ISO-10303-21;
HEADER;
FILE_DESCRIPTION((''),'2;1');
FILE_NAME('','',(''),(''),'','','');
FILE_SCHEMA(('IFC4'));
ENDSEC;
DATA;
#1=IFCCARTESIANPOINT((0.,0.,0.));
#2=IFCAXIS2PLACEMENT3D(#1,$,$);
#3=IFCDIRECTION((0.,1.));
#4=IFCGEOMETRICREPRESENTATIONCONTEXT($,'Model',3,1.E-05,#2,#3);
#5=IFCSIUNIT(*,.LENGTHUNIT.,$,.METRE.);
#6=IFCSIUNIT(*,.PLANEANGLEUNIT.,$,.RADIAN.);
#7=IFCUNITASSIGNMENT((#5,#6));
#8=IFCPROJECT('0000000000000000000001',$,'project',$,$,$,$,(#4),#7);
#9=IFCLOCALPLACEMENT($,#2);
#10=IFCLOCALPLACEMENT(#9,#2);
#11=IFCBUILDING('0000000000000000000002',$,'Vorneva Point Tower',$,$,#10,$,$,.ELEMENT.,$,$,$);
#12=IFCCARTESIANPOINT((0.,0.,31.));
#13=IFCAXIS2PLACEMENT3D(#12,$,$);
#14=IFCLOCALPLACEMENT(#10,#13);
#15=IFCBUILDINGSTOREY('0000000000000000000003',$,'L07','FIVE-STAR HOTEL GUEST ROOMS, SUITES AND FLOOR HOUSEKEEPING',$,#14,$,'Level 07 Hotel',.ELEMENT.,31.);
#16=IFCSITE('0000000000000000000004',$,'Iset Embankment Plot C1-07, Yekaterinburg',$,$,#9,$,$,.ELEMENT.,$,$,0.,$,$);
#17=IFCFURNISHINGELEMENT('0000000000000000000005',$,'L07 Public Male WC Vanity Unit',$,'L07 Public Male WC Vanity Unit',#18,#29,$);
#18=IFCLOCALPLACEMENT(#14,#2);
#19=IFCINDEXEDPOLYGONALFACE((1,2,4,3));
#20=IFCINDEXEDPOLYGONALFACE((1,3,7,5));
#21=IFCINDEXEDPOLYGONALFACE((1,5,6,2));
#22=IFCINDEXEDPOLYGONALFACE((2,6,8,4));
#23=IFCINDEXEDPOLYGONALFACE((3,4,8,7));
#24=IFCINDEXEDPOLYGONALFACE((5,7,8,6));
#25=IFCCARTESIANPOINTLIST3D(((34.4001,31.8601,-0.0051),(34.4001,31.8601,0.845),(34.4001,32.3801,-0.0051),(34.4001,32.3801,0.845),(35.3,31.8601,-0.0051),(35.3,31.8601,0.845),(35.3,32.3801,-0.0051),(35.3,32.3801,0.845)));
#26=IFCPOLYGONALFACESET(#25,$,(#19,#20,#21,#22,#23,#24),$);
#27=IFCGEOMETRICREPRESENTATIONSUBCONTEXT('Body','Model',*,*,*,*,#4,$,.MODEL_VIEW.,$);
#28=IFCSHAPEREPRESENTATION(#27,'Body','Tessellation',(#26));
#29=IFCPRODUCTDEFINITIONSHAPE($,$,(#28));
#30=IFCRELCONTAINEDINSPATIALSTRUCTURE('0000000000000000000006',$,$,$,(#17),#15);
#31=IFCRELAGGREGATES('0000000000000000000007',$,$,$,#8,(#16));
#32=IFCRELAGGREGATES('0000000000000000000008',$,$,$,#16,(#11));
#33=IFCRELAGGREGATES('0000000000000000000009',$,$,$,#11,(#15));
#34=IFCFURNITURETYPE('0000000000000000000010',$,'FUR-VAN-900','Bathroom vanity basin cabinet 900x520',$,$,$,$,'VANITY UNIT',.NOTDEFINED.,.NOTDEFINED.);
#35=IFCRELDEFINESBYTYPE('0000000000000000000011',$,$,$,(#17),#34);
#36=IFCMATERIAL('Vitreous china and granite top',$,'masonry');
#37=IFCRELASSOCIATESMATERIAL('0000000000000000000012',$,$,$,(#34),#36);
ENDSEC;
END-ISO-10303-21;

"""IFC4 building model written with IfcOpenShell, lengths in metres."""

from ifc_helpers import new_model, si_unit, direction, frame, origin, origin_2d, place, context, subcontext, project, spatial, rectangle, extrude, material, type_object, element, save


model = new_model("IFC4")

# Units and contexts
model_context = context("Model", 3, precision=1e-05, world=origin(), true_north=direction((0.0, 1.0)))
body_context = subcontext(model_context, "Body", "Model", "MODEL_VIEW")
ifc_project = project(units=[si_unit("LENGTHUNIT", "METRE"), si_unit("PLANEANGLEUNIT", "RADIAN")], contexts=[model_context])

# Site, building, storey
site_placement = place(None, origin())
site = spatial("IfcSite", under=ifc_project, at=site_placement, Name="Iset Embankment Plot C1-07, Yekaterinburg", CompositionType="ELEMENT", RefElevation=0.0)
building_placement = place(site_placement, origin())
building = spatial("IfcBuilding", under=site, at=building_placement, Name="Vorneva Point Tower", CompositionType="ELEMENT")
storey_placement = place(building_placement, frame((0.0, 0.0, 31.0)))
storey = spatial("IfcBuildingStorey", under=building, at=storey_placement, Name="L07", Description="FIVE-STAR HOTEL GUEST ROOMS, SUITES AND FLOOR HOUSEKEEPING", LongName="Level 07 Hotel", CompositionType="ELEMENT", Elevation=31.0)

# Furnishing element
ifc_material_1 = material(Name="Vitreous china and granite top", Category="masonry")
furniture_type_1 = type_object("IfcFurnitureType", Name="FUR-VAN-900", Description="Bathroom vanity basin cabinet 900x520", ElementType="VANITY UNIT", AssemblyPlace="NOTDEFINED", PredefinedType="NOTDEFINED", material=ifc_material_1)
furnishing_1_placement = place(storey_placement, frame((34.8501, 32.1201, -0.0051), z_axis=(0.0, 0.0, 1.0), x_axis=(1.0, 0.0, 0.0)))
element("IfcFurnishingElement", 1, at=furnishing_1_placement, inside=storey, type_object=furniture_type_1, Name="L07 Public Male WC Vanity Unit", ObjectType="L07 Public Male WC Vanity Unit", context=body_context, shape_type="SweptSolid", body=[
    extrude(rectangle(XDim=0.8999, YDim=0.52, at=origin_2d()), origin(), (0.0, 0.0, 1.0), 0.8501),
])

save(model, "model.ifc")
